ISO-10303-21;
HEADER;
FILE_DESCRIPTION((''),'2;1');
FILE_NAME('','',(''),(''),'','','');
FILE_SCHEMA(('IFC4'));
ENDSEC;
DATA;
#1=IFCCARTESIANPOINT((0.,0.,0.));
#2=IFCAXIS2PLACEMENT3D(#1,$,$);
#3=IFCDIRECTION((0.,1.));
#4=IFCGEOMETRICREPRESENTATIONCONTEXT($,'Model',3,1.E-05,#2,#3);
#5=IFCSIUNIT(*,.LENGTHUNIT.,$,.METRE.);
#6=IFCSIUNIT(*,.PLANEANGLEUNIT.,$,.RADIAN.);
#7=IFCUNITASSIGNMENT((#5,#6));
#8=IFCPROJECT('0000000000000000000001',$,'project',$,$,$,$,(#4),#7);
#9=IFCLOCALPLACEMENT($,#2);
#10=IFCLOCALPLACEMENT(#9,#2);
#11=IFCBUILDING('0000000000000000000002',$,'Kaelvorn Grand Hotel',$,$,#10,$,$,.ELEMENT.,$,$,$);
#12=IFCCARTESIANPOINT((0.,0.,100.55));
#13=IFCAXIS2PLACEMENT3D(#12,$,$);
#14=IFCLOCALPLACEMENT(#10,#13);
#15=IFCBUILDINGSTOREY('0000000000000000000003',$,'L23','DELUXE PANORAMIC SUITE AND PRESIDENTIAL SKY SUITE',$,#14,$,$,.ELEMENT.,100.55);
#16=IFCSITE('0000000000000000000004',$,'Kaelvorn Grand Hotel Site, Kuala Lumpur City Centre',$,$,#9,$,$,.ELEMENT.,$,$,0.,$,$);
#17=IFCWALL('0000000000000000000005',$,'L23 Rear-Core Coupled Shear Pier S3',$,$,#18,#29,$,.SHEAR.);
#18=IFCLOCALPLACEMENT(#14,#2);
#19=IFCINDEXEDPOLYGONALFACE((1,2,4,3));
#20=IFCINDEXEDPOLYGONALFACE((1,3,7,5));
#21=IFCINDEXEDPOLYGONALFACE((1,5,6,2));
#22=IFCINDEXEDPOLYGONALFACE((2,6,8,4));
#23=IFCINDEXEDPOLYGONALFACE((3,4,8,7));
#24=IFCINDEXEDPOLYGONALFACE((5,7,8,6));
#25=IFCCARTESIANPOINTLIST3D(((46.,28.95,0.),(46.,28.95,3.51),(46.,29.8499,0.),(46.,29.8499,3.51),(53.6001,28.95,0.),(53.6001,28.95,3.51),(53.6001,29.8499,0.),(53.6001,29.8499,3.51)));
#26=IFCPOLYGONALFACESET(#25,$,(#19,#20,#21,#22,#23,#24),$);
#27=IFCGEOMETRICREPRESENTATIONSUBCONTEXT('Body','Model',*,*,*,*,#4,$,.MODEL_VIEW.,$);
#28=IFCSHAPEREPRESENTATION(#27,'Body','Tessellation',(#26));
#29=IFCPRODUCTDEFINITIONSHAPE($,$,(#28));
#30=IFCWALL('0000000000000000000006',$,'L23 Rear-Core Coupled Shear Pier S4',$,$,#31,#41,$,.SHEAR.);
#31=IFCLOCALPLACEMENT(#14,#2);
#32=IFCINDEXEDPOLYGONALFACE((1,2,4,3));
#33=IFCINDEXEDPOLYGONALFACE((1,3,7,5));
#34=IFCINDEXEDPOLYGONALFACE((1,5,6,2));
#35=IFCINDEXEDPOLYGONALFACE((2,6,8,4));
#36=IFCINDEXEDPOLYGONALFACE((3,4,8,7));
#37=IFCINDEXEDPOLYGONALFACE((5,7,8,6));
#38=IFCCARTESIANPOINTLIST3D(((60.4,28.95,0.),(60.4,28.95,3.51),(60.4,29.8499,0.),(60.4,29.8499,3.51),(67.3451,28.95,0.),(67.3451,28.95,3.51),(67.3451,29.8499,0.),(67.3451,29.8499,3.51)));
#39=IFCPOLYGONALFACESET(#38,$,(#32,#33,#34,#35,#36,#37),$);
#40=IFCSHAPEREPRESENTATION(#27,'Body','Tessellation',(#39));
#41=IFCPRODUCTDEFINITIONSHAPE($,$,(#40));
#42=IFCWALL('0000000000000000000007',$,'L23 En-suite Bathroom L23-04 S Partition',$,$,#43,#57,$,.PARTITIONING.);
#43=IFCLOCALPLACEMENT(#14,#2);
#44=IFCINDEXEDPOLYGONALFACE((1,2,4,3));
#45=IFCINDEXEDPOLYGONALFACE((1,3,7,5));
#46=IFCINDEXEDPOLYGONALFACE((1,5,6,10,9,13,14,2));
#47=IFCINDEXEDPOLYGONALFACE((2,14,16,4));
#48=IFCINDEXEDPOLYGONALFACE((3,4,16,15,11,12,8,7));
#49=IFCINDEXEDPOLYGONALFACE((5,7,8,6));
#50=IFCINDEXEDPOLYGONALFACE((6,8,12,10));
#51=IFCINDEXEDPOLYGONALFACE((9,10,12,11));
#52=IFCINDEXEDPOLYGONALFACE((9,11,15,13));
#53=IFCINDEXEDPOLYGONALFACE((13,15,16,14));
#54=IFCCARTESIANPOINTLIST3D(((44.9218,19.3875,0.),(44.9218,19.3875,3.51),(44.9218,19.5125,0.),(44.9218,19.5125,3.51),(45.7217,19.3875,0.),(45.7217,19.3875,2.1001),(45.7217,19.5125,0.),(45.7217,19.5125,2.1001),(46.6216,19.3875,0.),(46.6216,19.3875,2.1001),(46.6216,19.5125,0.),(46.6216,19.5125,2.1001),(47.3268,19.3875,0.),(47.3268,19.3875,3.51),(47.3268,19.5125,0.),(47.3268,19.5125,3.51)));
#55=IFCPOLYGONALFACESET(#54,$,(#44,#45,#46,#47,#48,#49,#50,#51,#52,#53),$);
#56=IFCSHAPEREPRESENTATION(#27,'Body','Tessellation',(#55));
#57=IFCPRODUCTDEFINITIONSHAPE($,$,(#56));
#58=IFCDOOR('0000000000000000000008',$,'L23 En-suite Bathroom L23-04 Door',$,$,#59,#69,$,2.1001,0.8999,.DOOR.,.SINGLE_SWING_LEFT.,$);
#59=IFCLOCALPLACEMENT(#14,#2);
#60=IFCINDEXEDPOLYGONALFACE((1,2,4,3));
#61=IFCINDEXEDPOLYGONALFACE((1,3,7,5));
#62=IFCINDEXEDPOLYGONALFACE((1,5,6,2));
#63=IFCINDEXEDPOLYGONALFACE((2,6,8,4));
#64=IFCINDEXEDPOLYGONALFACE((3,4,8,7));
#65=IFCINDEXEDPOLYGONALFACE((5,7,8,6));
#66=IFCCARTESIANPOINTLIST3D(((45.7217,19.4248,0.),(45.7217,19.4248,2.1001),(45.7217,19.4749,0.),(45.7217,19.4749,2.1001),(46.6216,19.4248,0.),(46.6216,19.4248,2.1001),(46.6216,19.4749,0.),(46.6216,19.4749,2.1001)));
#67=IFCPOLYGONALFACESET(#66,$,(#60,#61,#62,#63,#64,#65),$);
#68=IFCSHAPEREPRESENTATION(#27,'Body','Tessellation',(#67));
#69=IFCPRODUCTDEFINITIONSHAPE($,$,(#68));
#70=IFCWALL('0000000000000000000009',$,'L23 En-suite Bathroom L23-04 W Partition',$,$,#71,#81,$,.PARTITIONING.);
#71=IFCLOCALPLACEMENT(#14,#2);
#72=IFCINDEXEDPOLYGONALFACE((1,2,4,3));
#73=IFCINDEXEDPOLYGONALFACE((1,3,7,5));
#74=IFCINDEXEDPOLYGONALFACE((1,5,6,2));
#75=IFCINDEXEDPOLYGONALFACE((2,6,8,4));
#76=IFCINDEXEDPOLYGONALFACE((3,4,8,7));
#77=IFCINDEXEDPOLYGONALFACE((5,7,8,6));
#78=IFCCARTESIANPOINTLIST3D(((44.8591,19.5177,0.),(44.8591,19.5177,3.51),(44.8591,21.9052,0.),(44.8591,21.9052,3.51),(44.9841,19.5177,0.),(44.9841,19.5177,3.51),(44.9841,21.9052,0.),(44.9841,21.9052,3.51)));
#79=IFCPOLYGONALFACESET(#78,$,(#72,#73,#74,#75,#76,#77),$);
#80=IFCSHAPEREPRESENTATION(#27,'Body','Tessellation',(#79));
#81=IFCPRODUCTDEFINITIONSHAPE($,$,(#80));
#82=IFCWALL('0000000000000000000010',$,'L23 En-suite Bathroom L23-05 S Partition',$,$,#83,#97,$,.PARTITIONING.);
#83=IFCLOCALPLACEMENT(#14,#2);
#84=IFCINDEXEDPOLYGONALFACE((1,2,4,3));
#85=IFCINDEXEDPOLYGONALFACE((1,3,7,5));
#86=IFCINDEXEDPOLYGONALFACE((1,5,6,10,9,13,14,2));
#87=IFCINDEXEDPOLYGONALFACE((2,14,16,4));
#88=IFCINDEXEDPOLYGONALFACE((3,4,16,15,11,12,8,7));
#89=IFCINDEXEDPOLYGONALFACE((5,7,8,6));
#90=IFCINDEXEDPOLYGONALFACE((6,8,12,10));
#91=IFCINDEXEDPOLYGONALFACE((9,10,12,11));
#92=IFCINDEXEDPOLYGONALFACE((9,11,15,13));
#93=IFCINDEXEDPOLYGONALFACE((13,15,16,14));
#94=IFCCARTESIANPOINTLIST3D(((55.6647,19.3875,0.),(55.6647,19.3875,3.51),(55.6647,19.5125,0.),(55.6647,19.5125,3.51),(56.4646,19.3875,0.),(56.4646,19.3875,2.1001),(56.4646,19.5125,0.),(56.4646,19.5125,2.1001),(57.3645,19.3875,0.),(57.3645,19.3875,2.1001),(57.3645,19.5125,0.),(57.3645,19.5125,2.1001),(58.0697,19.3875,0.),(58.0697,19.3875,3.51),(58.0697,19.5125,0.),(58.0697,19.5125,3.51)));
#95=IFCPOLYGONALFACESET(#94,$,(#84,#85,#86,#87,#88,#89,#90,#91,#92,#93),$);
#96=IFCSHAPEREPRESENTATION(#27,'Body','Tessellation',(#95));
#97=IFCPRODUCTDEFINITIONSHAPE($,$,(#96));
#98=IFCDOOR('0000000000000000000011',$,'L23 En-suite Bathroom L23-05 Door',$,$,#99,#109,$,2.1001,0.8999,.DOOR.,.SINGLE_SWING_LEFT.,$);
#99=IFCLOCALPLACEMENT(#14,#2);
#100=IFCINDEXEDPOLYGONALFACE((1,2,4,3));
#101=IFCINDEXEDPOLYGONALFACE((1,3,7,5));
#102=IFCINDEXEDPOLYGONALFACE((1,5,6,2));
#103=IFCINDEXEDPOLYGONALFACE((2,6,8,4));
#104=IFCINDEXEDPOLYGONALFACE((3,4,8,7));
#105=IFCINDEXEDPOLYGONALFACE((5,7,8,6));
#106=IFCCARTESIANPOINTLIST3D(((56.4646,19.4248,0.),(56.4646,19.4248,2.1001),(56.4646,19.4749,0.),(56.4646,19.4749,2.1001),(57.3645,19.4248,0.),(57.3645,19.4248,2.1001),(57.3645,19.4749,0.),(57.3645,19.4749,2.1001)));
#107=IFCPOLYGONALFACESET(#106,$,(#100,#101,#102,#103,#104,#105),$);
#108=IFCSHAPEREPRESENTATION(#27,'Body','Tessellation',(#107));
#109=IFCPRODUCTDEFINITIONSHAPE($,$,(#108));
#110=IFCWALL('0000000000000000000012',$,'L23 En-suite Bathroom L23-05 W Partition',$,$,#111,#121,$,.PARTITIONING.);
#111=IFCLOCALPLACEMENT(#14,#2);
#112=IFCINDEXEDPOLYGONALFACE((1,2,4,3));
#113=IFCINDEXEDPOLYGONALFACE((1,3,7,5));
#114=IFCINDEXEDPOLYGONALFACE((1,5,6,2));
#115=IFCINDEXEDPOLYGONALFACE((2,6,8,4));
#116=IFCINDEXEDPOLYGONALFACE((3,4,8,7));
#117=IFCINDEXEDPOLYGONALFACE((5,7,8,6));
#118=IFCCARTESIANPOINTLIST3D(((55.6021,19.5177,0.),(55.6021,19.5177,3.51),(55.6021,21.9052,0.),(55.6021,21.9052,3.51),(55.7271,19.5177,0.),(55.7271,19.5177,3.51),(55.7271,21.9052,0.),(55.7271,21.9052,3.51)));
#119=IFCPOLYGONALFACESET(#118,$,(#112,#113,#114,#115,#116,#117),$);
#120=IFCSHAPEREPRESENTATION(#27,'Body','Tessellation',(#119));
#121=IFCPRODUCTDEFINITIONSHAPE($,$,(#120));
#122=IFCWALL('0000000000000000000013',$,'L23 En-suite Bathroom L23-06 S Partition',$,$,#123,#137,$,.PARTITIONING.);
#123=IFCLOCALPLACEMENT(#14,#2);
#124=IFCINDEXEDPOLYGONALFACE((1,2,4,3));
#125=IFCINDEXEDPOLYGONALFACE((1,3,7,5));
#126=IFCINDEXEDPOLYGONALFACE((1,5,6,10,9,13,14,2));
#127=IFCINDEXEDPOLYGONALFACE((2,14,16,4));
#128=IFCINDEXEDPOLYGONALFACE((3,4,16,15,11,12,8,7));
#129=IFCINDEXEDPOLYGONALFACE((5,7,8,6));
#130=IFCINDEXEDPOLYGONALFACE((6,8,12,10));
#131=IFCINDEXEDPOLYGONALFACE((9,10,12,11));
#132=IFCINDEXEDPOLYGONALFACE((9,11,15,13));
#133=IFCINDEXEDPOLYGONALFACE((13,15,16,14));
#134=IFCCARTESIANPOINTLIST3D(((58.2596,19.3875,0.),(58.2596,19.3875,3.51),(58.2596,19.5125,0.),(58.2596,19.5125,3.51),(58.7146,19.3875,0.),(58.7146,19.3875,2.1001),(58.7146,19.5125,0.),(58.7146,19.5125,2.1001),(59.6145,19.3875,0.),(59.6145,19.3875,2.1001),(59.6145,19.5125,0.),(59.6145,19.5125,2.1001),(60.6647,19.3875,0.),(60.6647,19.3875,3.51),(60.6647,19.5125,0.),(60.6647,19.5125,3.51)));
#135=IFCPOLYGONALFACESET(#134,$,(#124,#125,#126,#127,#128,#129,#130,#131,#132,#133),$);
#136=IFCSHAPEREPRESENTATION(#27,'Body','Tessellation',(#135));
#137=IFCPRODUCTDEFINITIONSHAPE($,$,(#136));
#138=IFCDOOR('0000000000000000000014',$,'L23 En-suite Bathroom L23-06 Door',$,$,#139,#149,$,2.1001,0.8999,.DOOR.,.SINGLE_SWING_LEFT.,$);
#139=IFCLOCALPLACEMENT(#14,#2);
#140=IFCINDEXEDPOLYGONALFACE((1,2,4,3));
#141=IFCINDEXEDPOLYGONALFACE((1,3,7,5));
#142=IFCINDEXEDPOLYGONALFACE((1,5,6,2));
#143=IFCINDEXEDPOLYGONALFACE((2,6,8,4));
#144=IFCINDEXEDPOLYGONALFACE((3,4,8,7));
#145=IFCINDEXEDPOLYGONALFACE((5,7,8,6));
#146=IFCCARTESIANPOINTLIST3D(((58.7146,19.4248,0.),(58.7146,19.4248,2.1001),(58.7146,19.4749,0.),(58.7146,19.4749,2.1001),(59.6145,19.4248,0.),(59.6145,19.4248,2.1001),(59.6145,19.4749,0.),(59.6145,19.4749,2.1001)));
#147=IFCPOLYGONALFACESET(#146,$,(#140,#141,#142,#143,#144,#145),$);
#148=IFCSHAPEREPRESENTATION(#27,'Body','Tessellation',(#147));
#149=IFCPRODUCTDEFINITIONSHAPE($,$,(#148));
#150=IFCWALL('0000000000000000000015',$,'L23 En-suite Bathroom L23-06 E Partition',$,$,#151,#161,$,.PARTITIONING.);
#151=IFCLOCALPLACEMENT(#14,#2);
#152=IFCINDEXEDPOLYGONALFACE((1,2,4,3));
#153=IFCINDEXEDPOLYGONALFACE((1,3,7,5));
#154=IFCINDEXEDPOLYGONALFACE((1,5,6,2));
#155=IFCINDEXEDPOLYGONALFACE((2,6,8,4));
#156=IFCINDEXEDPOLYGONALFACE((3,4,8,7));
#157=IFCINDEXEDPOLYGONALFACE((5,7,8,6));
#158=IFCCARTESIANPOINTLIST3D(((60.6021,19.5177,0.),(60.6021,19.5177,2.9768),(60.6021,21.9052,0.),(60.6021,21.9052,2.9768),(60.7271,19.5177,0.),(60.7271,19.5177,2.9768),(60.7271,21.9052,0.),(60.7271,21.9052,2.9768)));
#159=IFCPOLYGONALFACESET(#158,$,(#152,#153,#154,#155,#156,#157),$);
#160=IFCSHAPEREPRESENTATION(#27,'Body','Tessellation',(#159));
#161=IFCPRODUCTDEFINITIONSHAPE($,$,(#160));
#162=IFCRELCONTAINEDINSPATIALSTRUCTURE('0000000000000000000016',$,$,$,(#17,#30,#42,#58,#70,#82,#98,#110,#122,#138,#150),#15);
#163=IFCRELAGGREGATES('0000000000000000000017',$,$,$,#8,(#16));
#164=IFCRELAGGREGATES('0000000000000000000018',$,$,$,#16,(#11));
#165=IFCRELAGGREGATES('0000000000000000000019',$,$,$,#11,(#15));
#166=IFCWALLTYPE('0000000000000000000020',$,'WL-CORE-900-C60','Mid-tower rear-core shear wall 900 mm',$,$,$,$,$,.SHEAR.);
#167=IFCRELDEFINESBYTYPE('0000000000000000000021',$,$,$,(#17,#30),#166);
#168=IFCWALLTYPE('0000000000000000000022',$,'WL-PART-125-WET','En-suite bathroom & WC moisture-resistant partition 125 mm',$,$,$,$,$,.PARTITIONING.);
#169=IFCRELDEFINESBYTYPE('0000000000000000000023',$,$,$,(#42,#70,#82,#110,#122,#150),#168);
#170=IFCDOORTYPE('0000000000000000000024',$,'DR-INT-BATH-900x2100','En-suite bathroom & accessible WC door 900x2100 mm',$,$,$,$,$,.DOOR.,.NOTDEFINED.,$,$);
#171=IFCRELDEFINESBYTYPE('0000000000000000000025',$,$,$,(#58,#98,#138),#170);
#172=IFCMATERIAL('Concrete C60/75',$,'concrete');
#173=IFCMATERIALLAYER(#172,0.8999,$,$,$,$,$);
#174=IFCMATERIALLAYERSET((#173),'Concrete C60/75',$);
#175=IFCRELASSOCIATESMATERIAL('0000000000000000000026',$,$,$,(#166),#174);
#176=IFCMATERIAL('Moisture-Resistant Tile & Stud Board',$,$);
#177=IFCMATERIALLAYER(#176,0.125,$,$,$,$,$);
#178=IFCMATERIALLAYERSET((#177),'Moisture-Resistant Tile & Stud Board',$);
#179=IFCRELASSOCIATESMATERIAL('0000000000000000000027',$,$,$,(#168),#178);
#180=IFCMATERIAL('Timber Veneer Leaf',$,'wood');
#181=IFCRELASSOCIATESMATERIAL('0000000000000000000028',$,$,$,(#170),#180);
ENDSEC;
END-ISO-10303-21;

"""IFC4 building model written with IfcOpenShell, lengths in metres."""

from ifc_helpers import new_model, si_unit, direction, frame, frame_2d, origin, place, context, subcontext, project, spatial, rectangle, extrude, material, layer, layer_set, type_object, element, fill, save


model = new_model("IFC4")

# Units and contexts
model_context = context("Model", 3, precision=1e-05, world=origin(), true_north=direction((0.0, 1.0)))
body_context = subcontext(model_context, "Body", "Model", "MODEL_VIEW")
ifc_project = project(units=[si_unit("LENGTHUNIT", "METRE"), si_unit("PLANEANGLEUNIT", "RADIAN")], contexts=[model_context])

# Site, building, storey
site_placement = place(None, origin())
site = spatial("IfcSite", under=ifc_project, at=site_placement, Name="Kaelvorn Grand Hotel Site, Kuala Lumpur City Centre", CompositionType="ELEMENT", RefElevation=0.0)
building_placement = place(site_placement, origin())
building = spatial("IfcBuilding", under=site, at=building_placement, Name="Kaelvorn Grand Hotel", CompositionType="ELEMENT")
storey_placement = place(building_placement, frame((0.0, 0.0, 100.55)))
storey = spatial("IfcBuildingStorey", under=building, at=storey_placement, Name="L23", Description="DELUXE PANORAMIC SUITE AND PRESIDENTIAL SKY SUITE", CompositionType="ELEMENT", Elevation=100.55)

# Shared definitions
ifc_material_1 = material(Name="Concrete C60/75", Category="concrete")

# Walls
ifc_layer_1 = layer(ifc_material_1, 0.8999)
ifc_layer_set_1 = layer_set([ifc_layer_1], Name="Concrete C60/75")
wall_type_1 = type_object("IfcWallType", Name="WL-CORE-900-C60", Description="Mid-tower rear-core shear wall 900 mm", PredefinedType="SHEAR", material=ifc_layer_set_1)
wall_1_placement = place(storey_placement, frame((46.0, 29.3999, 0.0), z_axis=(0.0, 0.0, 1.0), x_axis=(1.0, 0.0, 0.0)))
element("IfcWall", 1, at=wall_1_placement, inside=storey, type_object=wall_type_1, Name="L23 Rear-Core Coupled Shear Pier S3", PredefinedType="SHEAR", context=body_context, shape_type="SweptSolid", body=[
    extrude(rectangle(XDim=7.6001, YDim=0.8999, at=frame_2d((3.8, 0.0))), origin(), (0.0, 0.0, 1.0), 3.51),
])
wall_2_placement = place(storey_placement, frame((60.3999, 29.3999, 0.0), z_axis=(0.0, 0.0, 1.0), x_axis=(1.0, 0.0, 0.0)))
element("IfcWall", 2, at=wall_2_placement, inside=storey, type_object=wall_type_1, Name="L23 Rear-Core Coupled Shear Pier S4", PredefinedType="SHEAR", context=body_context, shape_type="SweptSolid", body=[
    extrude(rectangle(XDim=6.9451, YDim=0.8999, at=frame_2d((3.4727, 0.0))), origin(), (0.0, 0.0, 1.0), 3.51),
])

# Wall, opening, door
ifc_material_2 = material(Name="Moisture-Resistant Tile & Stud Board")
ifc_layer_2 = layer(ifc_material_2, 0.125)
ifc_layer_set_2 = layer_set([ifc_layer_2], Name="Moisture-Resistant Tile & Stud Board")
wall_type_2 = type_object("IfcWallType", Name="WL-PART-125-WET", Description="En-suite bathroom & WC moisture-resistant partition 125 mm", PredefinedType="PARTITIONING", material=ifc_layer_set_2)
wall_3_placement = place(storey_placement, frame((44.9216, 19.45, 0.0), z_axis=(0.0, 0.0, 1.0), x_axis=(1.0, 0.0, 0.0)))
wall_3 = element("IfcWall", 3, at=wall_3_placement, inside=storey, type_object=wall_type_2, Name="L23 En-suite Bathroom L23-04 S Partition", PredefinedType="PARTITIONING", context=body_context, shape_type="SweptSolid", body=[
    extrude(rectangle(XDim=2.405, YDim=0.125, at=frame_2d((1.2026, 0.0))), origin(), (0.0, 0.0, 1.0), 3.51),
])
opening_1_placement = place(wall_3_placement, frame((0.8, 0.0, 0.0)))
opening_1 = element("IfcOpeningElement", 4, at=opening_1_placement, cuts=wall_3, PredefinedType="OPENING", context=body_context, shape_type="SweptSolid", body=[
    extrude(rectangle(XDim=0.8999, YDim=2.1001, at=frame_2d((0.45, 1.05))), frame((0.0, 0.0725, 0.0), z_axis=(0.0, -1.0, 0.0), x_axis=(1.0, 0.0, 0.0)), (0.0, 0.0, 1.0), 0.145),
])
ifc_material_3 = material(Name="Timber Veneer Leaf", Category="wood")
door_type_1 = type_object("IfcDoorType", Name="DR-INT-BATH-900x2100", Description="En-suite bathroom & accessible WC door 900x2100 mm", OperationType="NOTDEFINED", PredefinedType="DOOR", material=ifc_material_3)
door_1_placement = place(opening_1_placement, origin())
door_1 = element("IfcDoor", 5, at=door_1_placement, inside=storey, type_object=door_type_1, Name="L23 En-suite Bathroom L23-04 Door", OperationType="SINGLE_SWING_LEFT", OverallHeight=2.1001, OverallWidth=0.8999, PredefinedType="DOOR", context=body_context, shape_type="SweptSolid", body=[
    extrude(rectangle(XDim=0.8999, YDim=2.1001, at=frame_2d((0.45, 1.05))), frame((0.0, 0.0249, 0.0), z_axis=(0.0, -1.0, 0.0), x_axis=(1.0, 0.0, 0.0)), (0.0, 0.0, 1.0), 0.05),
])
fill(opening_1, door_1)

# Wall
wall_4_placement = place(storey_placement, frame((44.9216, 19.5176, 0.0), z_axis=(0.0, 0.0, 1.0), x_axis=(0.0, 1.0, 0.0)))
element("IfcWall", 6, at=wall_4_placement, inside=storey, type_object=wall_type_2, Name="L23 En-suite Bathroom L23-04 W Partition", PredefinedType="PARTITIONING", context=body_context, shape_type="SweptSolid", body=[
    extrude(rectangle(XDim=2.3875, YDim=0.125, at=frame_2d((1.1938, 0.0))), origin(), (0.0, 0.0, 1.0), 3.51),
])

# Wall, opening, door
wall_5_placement = place(storey_placement, frame((55.6646, 19.45, 0.0), z_axis=(0.0, 0.0, 1.0), x_axis=(1.0, 0.0, 0.0)))
wall_5 = element("IfcWall", 7, at=wall_5_placement, inside=storey, type_object=wall_type_2, Name="L23 En-suite Bathroom L23-05 S Partition", PredefinedType="PARTITIONING", context=body_context, shape_type="SweptSolid", body=[
    extrude(rectangle(XDim=2.405, YDim=0.125, at=frame_2d((1.2026, 0.0))), origin(), (0.0, 0.0, 1.0), 3.51),
])
opening_2_placement = place(wall_5_placement, frame((0.8, 0.0, 0.0)))
opening_2 = element("IfcOpeningElement", 8, at=opening_2_placement, cuts=wall_5, PredefinedType="OPENING", context=body_context, shape_type="SweptSolid", body=[
    extrude(rectangle(XDim=0.8999, YDim=2.1001, at=frame_2d((0.45, 1.05))), frame((0.0, 0.0725, 0.0), z_axis=(0.0, -1.0, 0.0), x_axis=(1.0, 0.0, 0.0)), (0.0, 0.0, 1.0), 0.145),
])
door_2_placement = place(opening_2_placement, origin())
door_2 = element("IfcDoor", 9, at=door_2_placement, inside=storey, type_object=door_type_1, Name="L23 En-suite Bathroom L23-05 Door", OperationType="SINGLE_SWING_LEFT", OverallHeight=2.1001, OverallWidth=0.8999, PredefinedType="DOOR", context=body_context, shape_type="SweptSolid", body=[
    extrude(rectangle(XDim=0.8999, YDim=2.1001, at=frame_2d((0.45, 1.05))), frame((0.0, 0.0249, 0.0), z_axis=(0.0, -1.0, 0.0), x_axis=(1.0, 0.0, 0.0)), (0.0, 0.0, 1.0), 0.05),
])
fill(opening_2, door_2)

# Wall
wall_6_placement = place(storey_placement, frame((55.6646, 19.5176, 0.0), z_axis=(0.0, 0.0, 1.0), x_axis=(0.0, 1.0, 0.0)))
element("IfcWall", 10, at=wall_6_placement, inside=storey, type_object=wall_type_2, Name="L23 En-suite Bathroom L23-05 W Partition", PredefinedType="PARTITIONING", context=body_context, shape_type="SweptSolid", body=[
    extrude(rectangle(XDim=2.3875, YDim=0.125, at=frame_2d((1.1938, 0.0))), origin(), (0.0, 0.0, 1.0), 3.51),
])

# Wall, opening, door
wall_7_placement = place(storey_placement, frame((58.2595, 19.45, 0.0), z_axis=(0.0, 0.0, 1.0), x_axis=(1.0, 0.0, 0.0)))
wall_7 = element("IfcWall", 11, at=wall_7_placement, inside=storey, type_object=wall_type_2, Name="L23 En-suite Bathroom L23-06 S Partition", PredefinedType="PARTITIONING", context=body_context, shape_type="SweptSolid", body=[
    extrude(rectangle(XDim=2.405, YDim=0.125, at=frame_2d((1.2026, 0.0))), origin(), (0.0, 0.0, 1.0), 3.51),
])
opening_3_placement = place(wall_7_placement, frame((0.4551, 0.0, 0.0)))
opening_3 = element("IfcOpeningElement", 12, at=opening_3_placement, cuts=wall_7, PredefinedType="OPENING", context=body_context, shape_type="SweptSolid", body=[
    extrude(rectangle(XDim=0.8999, YDim=2.1001, at=frame_2d((0.45, 1.05))), frame((0.0, 0.0725, 0.0), z_axis=(0.0, -1.0, 0.0), x_axis=(1.0, 0.0, 0.0)), (0.0, 0.0, 1.0), 0.145),
])
door_3_placement = place(opening_3_placement, origin())
door_3 = element("IfcDoor", 13, at=door_3_placement, inside=storey, type_object=door_type_1, Name="L23 En-suite Bathroom L23-06 Door", OperationType="SINGLE_SWING_LEFT", OverallHeight=2.1001, OverallWidth=0.8999, PredefinedType="DOOR", context=body_context, shape_type="SweptSolid", body=[
    extrude(rectangle(XDim=0.8999, YDim=2.1001, at=frame_2d((0.45, 1.05))), frame((0.0, 0.0249, 0.0), z_axis=(0.0, -1.0, 0.0), x_axis=(1.0, 0.0, 0.0)), (0.0, 0.0, 1.0), 0.05),
])
fill(opening_3, door_3)

# Wall
wall_8_placement = place(storey_placement, frame((60.6646, 19.5176, 0.0), z_axis=(0.0, 0.0, 1.0), x_axis=(0.0, 1.0, 0.0)))
element("IfcWall", 14, at=wall_8_placement, inside=storey, type_object=wall_type_2, Name="L23 En-suite Bathroom L23-06 E Partition", PredefinedType="PARTITIONING", context=body_context, shape_type="SweptSolid", body=[
    extrude(rectangle(XDim=2.3875, YDim=0.125, at=frame_2d((1.1938, 0.0))), origin(), (0.0, 0.0, 1.0), 2.9768),
])

save(model, "model.ifc")
